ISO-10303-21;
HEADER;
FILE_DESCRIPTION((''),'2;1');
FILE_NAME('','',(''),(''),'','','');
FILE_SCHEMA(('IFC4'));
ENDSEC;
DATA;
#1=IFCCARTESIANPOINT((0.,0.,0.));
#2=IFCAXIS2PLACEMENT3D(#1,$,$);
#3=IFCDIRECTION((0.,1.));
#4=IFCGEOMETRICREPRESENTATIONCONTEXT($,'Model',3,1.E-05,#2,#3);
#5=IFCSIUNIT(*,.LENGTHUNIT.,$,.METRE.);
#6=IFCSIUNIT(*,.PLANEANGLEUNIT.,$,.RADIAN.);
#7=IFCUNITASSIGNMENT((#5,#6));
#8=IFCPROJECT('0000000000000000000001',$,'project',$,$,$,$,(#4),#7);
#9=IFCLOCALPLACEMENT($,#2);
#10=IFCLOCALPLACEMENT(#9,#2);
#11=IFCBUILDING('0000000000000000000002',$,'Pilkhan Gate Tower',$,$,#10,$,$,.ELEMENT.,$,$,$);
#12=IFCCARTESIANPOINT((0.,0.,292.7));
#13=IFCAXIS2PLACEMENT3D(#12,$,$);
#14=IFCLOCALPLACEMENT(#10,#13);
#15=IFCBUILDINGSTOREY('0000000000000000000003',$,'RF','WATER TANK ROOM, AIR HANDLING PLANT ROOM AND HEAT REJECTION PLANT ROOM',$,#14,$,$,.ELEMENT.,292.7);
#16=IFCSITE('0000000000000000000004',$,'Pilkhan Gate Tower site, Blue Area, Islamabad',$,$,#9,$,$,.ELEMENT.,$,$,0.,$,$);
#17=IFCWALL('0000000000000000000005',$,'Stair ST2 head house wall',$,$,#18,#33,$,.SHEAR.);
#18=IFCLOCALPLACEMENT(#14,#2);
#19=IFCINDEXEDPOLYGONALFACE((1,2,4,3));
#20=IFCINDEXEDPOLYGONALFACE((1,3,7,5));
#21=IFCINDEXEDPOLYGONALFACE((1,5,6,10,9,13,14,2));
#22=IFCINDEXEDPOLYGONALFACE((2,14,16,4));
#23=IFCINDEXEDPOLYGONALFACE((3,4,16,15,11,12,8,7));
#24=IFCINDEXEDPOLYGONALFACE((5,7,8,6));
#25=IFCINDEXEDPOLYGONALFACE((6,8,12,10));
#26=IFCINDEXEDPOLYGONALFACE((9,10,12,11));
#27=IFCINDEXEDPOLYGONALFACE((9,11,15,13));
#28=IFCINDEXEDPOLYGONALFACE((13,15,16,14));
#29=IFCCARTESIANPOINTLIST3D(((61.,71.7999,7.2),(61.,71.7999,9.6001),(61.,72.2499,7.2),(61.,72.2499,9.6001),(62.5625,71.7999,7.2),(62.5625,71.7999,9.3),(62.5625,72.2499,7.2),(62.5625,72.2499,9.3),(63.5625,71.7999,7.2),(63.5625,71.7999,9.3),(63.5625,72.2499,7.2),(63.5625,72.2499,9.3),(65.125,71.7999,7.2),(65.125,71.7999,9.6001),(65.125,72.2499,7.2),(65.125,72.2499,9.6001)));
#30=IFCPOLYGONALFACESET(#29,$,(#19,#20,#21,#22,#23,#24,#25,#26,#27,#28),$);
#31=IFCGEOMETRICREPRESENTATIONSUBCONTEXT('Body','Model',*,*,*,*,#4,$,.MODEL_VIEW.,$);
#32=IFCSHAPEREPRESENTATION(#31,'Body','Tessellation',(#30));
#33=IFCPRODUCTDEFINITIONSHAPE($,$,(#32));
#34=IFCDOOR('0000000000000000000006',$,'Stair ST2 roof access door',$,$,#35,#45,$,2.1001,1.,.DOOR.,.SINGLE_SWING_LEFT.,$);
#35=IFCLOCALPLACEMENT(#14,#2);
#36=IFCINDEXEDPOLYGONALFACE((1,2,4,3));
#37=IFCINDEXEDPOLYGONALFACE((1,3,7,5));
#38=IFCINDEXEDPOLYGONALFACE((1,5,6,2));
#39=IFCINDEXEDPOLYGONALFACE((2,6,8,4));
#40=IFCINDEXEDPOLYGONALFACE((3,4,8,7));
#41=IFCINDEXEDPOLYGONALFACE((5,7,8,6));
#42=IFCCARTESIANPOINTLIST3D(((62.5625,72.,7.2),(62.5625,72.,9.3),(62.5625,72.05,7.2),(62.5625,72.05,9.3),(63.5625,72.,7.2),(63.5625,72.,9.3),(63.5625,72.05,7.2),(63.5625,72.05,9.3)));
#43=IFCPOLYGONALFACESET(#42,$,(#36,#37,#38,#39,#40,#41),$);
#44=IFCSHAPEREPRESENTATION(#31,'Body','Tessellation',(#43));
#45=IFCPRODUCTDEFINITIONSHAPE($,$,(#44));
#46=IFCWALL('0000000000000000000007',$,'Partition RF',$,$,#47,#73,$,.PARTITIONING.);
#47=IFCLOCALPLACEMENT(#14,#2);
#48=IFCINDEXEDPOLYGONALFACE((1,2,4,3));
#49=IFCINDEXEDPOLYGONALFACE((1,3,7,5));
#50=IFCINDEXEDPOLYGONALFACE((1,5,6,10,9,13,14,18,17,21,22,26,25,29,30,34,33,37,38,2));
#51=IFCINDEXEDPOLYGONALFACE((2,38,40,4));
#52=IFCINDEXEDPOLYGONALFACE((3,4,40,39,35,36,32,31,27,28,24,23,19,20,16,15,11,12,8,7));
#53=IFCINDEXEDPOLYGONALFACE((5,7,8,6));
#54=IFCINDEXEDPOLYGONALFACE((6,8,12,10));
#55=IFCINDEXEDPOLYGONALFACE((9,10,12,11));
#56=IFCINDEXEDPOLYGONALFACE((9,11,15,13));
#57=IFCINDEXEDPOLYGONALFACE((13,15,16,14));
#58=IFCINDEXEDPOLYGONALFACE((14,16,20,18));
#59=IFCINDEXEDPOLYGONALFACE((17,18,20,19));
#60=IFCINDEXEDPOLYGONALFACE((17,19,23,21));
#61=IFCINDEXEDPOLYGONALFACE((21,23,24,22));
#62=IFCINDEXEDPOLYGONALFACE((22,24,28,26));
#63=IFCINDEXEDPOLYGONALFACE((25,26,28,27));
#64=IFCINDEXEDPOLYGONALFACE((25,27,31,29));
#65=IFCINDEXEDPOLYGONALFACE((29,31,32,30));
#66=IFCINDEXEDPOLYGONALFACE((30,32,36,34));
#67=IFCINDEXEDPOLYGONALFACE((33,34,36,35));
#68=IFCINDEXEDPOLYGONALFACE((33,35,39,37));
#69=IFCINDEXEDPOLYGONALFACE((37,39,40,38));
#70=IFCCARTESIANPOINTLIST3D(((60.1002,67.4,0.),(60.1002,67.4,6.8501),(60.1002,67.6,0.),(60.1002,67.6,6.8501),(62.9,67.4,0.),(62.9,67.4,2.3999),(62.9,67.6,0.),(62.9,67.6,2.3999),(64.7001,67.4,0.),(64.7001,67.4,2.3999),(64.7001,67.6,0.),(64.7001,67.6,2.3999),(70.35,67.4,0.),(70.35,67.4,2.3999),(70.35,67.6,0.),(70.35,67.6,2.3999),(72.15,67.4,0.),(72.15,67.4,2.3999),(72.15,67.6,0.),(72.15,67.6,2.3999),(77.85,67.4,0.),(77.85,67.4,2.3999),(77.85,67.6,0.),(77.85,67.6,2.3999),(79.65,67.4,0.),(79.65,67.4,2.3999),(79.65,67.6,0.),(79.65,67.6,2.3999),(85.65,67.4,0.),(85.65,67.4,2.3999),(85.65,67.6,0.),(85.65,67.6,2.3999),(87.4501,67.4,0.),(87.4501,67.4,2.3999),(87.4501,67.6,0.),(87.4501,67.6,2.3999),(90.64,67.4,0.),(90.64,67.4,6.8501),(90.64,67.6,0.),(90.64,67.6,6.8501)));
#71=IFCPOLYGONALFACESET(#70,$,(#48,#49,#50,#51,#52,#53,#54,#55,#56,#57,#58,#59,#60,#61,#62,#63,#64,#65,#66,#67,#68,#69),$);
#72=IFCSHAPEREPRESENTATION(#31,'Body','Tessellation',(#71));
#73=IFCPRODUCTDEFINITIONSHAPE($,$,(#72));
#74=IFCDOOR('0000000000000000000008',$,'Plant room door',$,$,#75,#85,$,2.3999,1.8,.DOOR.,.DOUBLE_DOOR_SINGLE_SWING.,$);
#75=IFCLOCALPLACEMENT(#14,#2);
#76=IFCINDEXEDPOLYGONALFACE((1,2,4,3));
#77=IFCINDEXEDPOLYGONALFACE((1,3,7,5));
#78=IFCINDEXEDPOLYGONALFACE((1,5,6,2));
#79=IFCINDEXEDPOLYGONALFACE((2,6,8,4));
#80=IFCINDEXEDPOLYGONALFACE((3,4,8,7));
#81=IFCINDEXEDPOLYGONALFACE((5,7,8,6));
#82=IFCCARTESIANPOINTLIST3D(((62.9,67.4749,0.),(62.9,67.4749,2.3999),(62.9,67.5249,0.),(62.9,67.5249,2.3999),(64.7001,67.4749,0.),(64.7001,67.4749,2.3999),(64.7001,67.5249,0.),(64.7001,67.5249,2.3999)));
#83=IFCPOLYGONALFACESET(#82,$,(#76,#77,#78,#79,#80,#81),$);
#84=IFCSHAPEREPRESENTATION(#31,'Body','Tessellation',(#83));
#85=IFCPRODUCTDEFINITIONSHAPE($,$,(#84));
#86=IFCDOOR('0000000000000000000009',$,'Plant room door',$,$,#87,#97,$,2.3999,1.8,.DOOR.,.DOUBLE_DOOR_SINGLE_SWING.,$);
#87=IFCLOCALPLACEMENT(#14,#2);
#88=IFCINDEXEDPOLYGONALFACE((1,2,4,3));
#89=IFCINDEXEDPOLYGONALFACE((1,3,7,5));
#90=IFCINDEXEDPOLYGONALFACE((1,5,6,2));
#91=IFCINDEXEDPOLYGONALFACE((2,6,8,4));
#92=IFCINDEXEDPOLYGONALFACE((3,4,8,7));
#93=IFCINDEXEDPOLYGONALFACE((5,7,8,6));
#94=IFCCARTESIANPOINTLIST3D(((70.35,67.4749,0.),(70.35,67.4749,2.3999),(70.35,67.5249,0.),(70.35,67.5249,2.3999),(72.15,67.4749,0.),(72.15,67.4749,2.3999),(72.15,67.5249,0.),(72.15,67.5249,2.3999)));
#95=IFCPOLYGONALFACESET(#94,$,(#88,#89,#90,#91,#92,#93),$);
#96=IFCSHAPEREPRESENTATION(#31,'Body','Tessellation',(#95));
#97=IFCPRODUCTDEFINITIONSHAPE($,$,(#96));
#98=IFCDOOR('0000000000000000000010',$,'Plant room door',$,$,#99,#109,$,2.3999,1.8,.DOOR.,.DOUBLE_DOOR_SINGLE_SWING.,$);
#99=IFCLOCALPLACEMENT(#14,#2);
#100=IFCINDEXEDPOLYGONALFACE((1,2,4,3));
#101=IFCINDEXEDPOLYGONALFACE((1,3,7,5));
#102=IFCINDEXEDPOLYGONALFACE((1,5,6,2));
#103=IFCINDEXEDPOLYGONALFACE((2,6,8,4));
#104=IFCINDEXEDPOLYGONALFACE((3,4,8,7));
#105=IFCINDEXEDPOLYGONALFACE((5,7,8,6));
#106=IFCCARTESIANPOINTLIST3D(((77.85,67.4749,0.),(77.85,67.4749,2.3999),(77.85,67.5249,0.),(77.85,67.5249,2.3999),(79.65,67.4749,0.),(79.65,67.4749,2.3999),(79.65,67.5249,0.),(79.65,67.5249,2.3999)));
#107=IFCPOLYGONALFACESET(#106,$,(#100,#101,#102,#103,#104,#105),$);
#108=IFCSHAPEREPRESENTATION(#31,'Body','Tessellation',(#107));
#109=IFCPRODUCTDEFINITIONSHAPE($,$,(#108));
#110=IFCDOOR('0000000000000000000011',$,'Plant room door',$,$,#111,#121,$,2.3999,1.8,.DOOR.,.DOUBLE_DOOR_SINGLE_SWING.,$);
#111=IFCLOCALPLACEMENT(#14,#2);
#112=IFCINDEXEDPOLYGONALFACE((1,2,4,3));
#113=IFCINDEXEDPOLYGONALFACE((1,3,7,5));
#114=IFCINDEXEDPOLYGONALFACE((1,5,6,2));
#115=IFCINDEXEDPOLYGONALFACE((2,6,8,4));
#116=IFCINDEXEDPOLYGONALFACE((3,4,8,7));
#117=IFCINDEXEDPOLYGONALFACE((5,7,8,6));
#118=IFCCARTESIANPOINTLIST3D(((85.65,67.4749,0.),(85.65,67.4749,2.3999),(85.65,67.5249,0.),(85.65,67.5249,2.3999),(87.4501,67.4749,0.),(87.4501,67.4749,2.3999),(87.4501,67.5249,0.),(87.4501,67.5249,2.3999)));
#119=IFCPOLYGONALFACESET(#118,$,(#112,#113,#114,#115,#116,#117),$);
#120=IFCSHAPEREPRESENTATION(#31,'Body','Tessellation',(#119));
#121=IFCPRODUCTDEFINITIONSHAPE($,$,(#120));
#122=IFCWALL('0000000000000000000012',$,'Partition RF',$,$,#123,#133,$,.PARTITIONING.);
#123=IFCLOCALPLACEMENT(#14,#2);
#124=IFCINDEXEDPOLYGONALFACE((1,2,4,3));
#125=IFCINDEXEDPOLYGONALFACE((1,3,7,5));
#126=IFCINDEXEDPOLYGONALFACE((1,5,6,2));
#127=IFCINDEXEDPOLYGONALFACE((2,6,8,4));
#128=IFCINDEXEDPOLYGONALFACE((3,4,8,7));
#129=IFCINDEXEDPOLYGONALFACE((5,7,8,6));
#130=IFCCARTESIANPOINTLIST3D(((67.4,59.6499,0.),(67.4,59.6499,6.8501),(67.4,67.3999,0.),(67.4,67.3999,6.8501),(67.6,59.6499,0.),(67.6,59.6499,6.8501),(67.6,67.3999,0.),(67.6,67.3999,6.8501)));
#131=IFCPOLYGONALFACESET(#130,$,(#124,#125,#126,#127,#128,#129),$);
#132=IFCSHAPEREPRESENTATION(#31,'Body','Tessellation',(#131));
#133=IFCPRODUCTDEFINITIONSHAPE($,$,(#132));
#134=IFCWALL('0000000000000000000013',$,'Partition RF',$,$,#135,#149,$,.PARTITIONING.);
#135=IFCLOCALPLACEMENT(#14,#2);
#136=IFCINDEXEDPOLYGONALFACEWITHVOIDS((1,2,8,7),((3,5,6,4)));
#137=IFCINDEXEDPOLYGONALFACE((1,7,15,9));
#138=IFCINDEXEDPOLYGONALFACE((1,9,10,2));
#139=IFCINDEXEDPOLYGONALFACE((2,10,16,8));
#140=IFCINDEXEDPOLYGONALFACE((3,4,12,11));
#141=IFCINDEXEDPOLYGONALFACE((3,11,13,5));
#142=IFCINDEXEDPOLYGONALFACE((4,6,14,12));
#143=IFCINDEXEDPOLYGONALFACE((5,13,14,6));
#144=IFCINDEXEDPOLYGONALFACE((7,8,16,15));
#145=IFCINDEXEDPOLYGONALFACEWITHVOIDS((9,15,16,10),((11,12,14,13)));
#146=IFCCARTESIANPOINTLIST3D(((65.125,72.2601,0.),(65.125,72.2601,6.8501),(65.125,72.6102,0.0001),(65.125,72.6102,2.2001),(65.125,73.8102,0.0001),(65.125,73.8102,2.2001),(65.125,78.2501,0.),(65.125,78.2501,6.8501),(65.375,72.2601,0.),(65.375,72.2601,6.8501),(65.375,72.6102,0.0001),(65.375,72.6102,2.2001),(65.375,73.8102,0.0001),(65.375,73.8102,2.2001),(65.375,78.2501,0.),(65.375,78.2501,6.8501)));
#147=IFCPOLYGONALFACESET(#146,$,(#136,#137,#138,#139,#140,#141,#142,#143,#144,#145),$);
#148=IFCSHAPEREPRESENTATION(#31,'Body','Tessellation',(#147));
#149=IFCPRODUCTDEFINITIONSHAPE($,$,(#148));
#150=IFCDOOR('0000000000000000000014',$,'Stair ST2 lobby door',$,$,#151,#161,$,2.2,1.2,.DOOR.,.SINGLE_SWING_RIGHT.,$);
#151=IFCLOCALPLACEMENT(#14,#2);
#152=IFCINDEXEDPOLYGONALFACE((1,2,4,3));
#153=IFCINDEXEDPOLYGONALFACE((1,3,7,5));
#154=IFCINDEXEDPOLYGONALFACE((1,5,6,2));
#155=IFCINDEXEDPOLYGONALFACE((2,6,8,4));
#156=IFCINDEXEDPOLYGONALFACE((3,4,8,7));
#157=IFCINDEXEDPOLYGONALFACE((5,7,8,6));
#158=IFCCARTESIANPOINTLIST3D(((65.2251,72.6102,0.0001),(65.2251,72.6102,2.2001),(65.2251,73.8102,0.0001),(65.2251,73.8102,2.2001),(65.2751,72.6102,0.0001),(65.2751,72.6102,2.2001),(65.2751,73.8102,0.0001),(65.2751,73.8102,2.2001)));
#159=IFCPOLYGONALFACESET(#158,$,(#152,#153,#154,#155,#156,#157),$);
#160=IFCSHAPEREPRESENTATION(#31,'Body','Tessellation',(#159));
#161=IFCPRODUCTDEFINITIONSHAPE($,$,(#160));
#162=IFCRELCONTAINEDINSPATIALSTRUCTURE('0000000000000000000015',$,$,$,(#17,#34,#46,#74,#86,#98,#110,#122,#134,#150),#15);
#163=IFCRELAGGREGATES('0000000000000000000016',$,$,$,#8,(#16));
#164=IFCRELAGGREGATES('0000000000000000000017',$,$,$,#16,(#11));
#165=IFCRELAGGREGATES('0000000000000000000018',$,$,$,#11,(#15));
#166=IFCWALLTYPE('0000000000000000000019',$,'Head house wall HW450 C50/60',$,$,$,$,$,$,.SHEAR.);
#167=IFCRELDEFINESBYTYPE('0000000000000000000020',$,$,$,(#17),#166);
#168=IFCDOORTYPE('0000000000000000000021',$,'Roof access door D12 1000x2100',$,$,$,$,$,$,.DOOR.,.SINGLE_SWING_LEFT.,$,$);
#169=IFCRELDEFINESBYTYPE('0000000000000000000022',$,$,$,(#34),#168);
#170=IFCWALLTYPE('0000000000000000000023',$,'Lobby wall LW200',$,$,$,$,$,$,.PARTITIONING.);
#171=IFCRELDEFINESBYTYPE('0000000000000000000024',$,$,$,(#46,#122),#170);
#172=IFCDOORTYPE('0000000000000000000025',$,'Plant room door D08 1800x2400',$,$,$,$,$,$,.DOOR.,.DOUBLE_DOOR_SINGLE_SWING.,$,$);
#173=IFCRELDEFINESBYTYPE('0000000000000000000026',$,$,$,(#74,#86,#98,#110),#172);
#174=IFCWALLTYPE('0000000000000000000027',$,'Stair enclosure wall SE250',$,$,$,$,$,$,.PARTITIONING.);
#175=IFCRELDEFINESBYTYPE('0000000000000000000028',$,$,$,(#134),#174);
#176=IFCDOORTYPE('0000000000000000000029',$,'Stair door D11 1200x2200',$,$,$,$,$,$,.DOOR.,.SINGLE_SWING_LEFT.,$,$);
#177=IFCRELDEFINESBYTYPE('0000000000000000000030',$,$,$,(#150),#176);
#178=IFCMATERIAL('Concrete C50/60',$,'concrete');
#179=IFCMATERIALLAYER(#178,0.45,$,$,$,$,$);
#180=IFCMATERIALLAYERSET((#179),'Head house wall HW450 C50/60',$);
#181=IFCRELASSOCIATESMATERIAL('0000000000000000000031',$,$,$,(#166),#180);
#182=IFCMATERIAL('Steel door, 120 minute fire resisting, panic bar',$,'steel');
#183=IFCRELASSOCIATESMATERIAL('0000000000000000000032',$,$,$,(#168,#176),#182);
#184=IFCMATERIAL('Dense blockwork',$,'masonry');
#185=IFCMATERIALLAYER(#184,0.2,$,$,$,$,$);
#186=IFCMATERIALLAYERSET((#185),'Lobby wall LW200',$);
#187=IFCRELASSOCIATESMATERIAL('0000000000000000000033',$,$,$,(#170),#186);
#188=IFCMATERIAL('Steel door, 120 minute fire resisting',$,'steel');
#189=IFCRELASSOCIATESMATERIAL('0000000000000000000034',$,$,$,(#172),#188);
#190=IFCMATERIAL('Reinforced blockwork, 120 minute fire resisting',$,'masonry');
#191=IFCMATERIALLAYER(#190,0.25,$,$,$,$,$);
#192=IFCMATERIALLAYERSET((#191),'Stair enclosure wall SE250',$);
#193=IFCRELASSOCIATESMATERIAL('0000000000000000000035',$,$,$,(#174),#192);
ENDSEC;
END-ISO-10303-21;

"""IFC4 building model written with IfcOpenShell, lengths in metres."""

from ifc_helpers import new_model, si_unit, direction, frame, frame_2d, origin, place, context, subcontext, project, spatial, rectangle, extrude, material, layer, layer_set, type_object, element, fill, save


model = new_model("IFC4")

# Units and contexts
model_context = context("Model", 3, precision=1e-05, world=origin(), true_north=direction((0.0, 1.0)))
body_context = subcontext(model_context, "Body", "Model", "MODEL_VIEW")
ifc_project = project(units=[si_unit("LENGTHUNIT", "METRE"), si_unit("PLANEANGLEUNIT", "RADIAN")], contexts=[model_context])

# Site, building, storey
site_placement = place(None, origin())
site = spatial("IfcSite", under=ifc_project, at=site_placement, Name="Pilkhan Gate Tower site, Blue Area, Islamabad", CompositionType="ELEMENT", RefElevation=0.0)
building_placement = place(site_placement, origin())
building = spatial("IfcBuilding", under=site, at=building_placement, Name="Pilkhan Gate Tower", CompositionType="ELEMENT")
storey_placement = place(building_placement, frame((0.0, 0.0, 292.7)))
storey = spatial("IfcBuildingStorey", under=building, at=storey_placement, Name="RF", Description="WATER TANK ROOM, AIR HANDLING PLANT ROOM AND HEAT REJECTION PLANT ROOM", CompositionType="ELEMENT", Elevation=292.7)

# Shared definitions
ifc_material_1 = material(Name="Concrete C50/60", Category="concrete")

# Shared definitions
ifc_material_2 = material(Name="Dense blockwork", Category="masonry")
ifc_material_3 = material(Name="Reinforced blockwork, 120 minute fire resisting", Category="masonry")
ifc_layer_1 = layer(ifc_material_1, 0.45)
ifc_layer_set_1 = layer_set([ifc_layer_1], Name="Head house wall HW450 C50/60")
wall_type_1 = type_object("IfcWallType", Name="Head house wall HW450 C50/60", PredefinedType="SHEAR", material=ifc_layer_set_1)

# Wall, opening, door
wall_1_placement = place(storey_placement, frame((65.125, 72.0249, 7.2), z_axis=(0.0, 0.0, 1.0), x_axis=(-1.0, 0.0, 0.0)))
wall_1 = element("IfcWall", 1, at=wall_1_placement, inside=storey, type_object=wall_type_1, Name="Stair ST2 head house wall", PredefinedType="SHEAR", context=body_context, shape_type="SweptSolid", body=[
    extrude(rectangle(XDim=4.125, YDim=0.45, at=frame_2d((2.0625, 0.0))), origin(), (0.0, 0.0, 1.0), 2.4001),
])
opening_1_placement = place(wall_1_placement, frame((1.5625, 0.0, 0.0)))
opening_1 = element("IfcOpeningElement", 2, at=opening_1_placement, cuts=wall_1, PredefinedType="OPENING", context=body_context, shape_type="SweptSolid", body=[
    extrude(rectangle(XDim=1.0, YDim=2.1001, at=frame_2d((0.5, 1.05))), frame((0.0, 0.2349, 0.0), z_axis=(0.0, -1.0, 0.0), x_axis=(1.0, 0.0, 0.0)), (0.0, 0.0, 1.0), 0.47),
])
ifc_material_4 = material(Name="Steel door, 120 minute fire resisting, panic bar", Category="steel")
door_type_1 = type_object("IfcDoorType", Name="Roof access door D12 1000x2100", OperationType="SINGLE_SWING_LEFT", PredefinedType="DOOR", material=ifc_material_4)
door_1_placement = place(opening_1_placement, origin())
door_1 = element("IfcDoor", 3, at=door_1_placement, inside=storey, type_object=door_type_1, Name="Stair ST2 roof access door", OperationType="SINGLE_SWING_LEFT", OverallHeight=2.1001, OverallWidth=1.0, PredefinedType="DOOR", context=body_context, shape_type="SweptSolid", body=[
    extrude(rectangle(XDim=1.0, YDim=2.1001, at=frame_2d((0.5, 1.05))), frame((0.0, 0.0249, 0.0), z_axis=(0.0, -1.0, 0.0), x_axis=(1.0, 0.0, 0.0)), (0.0, 0.0, 1.0), 0.05),
])
fill(opening_1, door_1)

# Wall, openings, doors
ifc_layer_2 = layer(ifc_material_2, 0.2)
ifc_layer_set_2 = layer_set([ifc_layer_2], Name="Lobby wall LW200")
wall_type_2 = type_object("IfcWallType", Name="Lobby wall LW200", PredefinedType="PARTITIONING", material=ifc_layer_set_2)
wall_2_placement = place(storey_placement, frame((60.1001, 67.5, 0.0), z_axis=(0.0, 0.0, 1.0), x_axis=(1.0, 0.0, 0.0)))
wall_2 = element("IfcWall", 4, at=wall_2_placement, inside=storey, type_object=wall_type_2, Name="Partition RF", PredefinedType="PARTITIONING", context=body_context, shape_type="SweptSolid", body=[
    extrude(rectangle(XDim=30.5398, YDim=0.2, at=frame_2d((15.27, 0.0))), origin(), (0.0, 0.0, 1.0), 6.8501),
])
opening_2_placement = place(wall_2_placement, frame((2.8, 0.0, 0.0)))
opening_2 = element("IfcOpeningElement", 5, at=opening_2_placement, cuts=wall_2, PredefinedType="OPENING", context=body_context, shape_type="SweptSolid", body=[
    extrude(rectangle(XDim=1.8, YDim=2.3999, at=frame_2d((0.8999, 1.2))), frame((0.0, 0.1099, 0.0), z_axis=(0.0, -1.0, 0.0), x_axis=(1.0, 0.0, 0.0)), (0.0, 0.0, 1.0), 0.22),
])
opening_3_placement = place(wall_2_placement, frame((10.25, 0.0, 0.0)))
opening_3 = element("IfcOpeningElement", 6, at=opening_3_placement, cuts=wall_2, PredefinedType="OPENING", context=body_context, shape_type="SweptSolid", body=[
    extrude(rectangle(XDim=1.8, YDim=2.3999, at=frame_2d((0.8999, 1.2))), frame((0.0, 0.1099, 0.0), z_axis=(0.0, -1.0, 0.0), x_axis=(1.0, 0.0, 0.0)), (0.0, 0.0, 1.0), 0.22),
])
opening_4_placement = place(wall_2_placement, frame((17.75, 0.0, 0.0)))
opening_4 = element("IfcOpeningElement", 7, at=opening_4_placement, cuts=wall_2, PredefinedType="OPENING", context=body_context, shape_type="SweptSolid", body=[
    extrude(rectangle(XDim=1.8, YDim=2.3999, at=frame_2d((0.8999, 1.2))), frame((0.0, 0.1099, 0.0), z_axis=(0.0, -1.0, 0.0), x_axis=(1.0, 0.0, 0.0)), (0.0, 0.0, 1.0), 0.22),
])
opening_5_placement = place(wall_2_placement, frame((25.55, 0.0, 0.0)))
opening_5 = element("IfcOpeningElement", 8, at=opening_5_placement, cuts=wall_2, PredefinedType="OPENING", context=body_context, shape_type="SweptSolid", body=[
    extrude(rectangle(XDim=1.8, YDim=2.3999, at=frame_2d((0.8999, 1.2))), frame((0.0, 0.1099, 0.0), z_axis=(0.0, -1.0, 0.0), x_axis=(1.0, 0.0, 0.0)), (0.0, 0.0, 1.0), 0.22),
])
ifc_material_5 = material(Name="Steel door, 120 minute fire resisting", Category="steel")
door_type_2 = type_object("IfcDoorType", Name="Plant room door D08 1800x2400", OperationType="DOUBLE_DOOR_SINGLE_SWING", PredefinedType="DOOR", material=ifc_material_5)
door_2_placement = place(opening_2_placement, origin())
door_2 = element("IfcDoor", 9, at=door_2_placement, inside=storey, type_object=door_type_2, Name="Plant room door", OperationType="DOUBLE_DOOR_SINGLE_SWING", OverallHeight=2.3999, OverallWidth=1.8, PredefinedType="DOOR", context=body_context, shape_type="SweptSolid", body=[
    extrude(rectangle(XDim=1.8, YDim=2.3999, at=frame_2d((0.8999, 1.2))), frame((0.0, 0.0249, 0.0), z_axis=(0.0, -1.0, 0.0), x_axis=(1.0, 0.0, 0.0)), (0.0, 0.0, 1.0), 0.05),
])
fill(opening_2, door_2)
door_3_placement = place(opening_3_placement, origin())
door_3 = element("IfcDoor", 10, at=door_3_placement, inside=storey, type_object=door_type_2, Name="Plant room door", OperationType="DOUBLE_DOOR_SINGLE_SWING", OverallHeight=2.3999, OverallWidth=1.8, PredefinedType="DOOR", context=body_context, shape_type="SweptSolid", body=[
    extrude(rectangle(XDim=1.8, YDim=2.3999, at=frame_2d((0.8999, 1.2))), frame((0.0, 0.0249, 0.0), z_axis=(0.0, -1.0, 0.0), x_axis=(1.0, 0.0, 0.0)), (0.0, 0.0, 1.0), 0.05),
])
fill(opening_3, door_3)
door_4_placement = place(opening_4_placement, origin())
door_4 = element("IfcDoor", 11, at=door_4_placement, inside=storey, type_object=door_type_2, Name="Plant room door", OperationType="DOUBLE_DOOR_SINGLE_SWING", OverallHeight=2.3999, OverallWidth=1.8, PredefinedType="DOOR", context=body_context, shape_type="SweptSolid", body=[
    extrude(rectangle(XDim=1.8, YDim=2.3999, at=frame_2d((0.8999, 1.2))), frame((0.0, 0.0249, 0.0), z_axis=(0.0, -1.0, 0.0), x_axis=(1.0, 0.0, 0.0)), (0.0, 0.0, 1.0), 0.05),
])
fill(opening_4, door_4)
door_5_placement = place(opening_5_placement, origin())
door_5 = element("IfcDoor", 12, at=door_5_placement, inside=storey, type_object=door_type_2, Name="Plant room door", OperationType="DOUBLE_DOOR_SINGLE_SWING", OverallHeight=2.3999, OverallWidth=1.8, PredefinedType="DOOR", context=body_context, shape_type="SweptSolid", body=[
    extrude(rectangle(XDim=1.8, YDim=2.3999, at=frame_2d((0.8999, 1.2))), frame((0.0, 0.0249, 0.0), z_axis=(0.0, -1.0, 0.0), x_axis=(1.0, 0.0, 0.0)), (0.0, 0.0, 1.0), 0.05),
])
fill(opening_5, door_5)

# Wall
wall_3_placement = place(storey_placement, frame((67.5, 59.6499, 0.0), z_axis=(0.0, 0.0, 1.0), x_axis=(0.0, 1.0, 0.0)))
element("IfcWall", 13, at=wall_3_placement, inside=storey, type_object=wall_type_2, Name="Partition RF", PredefinedType="PARTITIONING", context=body_context, shape_type="SweptSolid", body=[
    extrude(rectangle(XDim=7.75, YDim=0.2, at=frame_2d((3.875, 0.0))), origin(), (0.0, 0.0, 1.0), 6.8501),
])

# Wall, opening, door
ifc_layer_3 = layer(ifc_material_3, 0.25)
ifc_layer_set_3 = layer_set([ifc_layer_3], Name="Stair enclosure wall SE250")
wall_type_3 = type_object("IfcWallType", Name="Stair enclosure wall SE250", PredefinedType="PARTITIONING", material=ifc_layer_set_3)
wall_4_placement = place(storey_placement, frame((65.25, 72.26, 0.0), z_axis=(0.0, 0.0, 1.0), x_axis=(0.0, 1.0, 0.0)))
wall_4 = element("IfcWall", 14, at=wall_4_placement, inside=storey, type_object=wall_type_3, Name="Partition RF", PredefinedType="PARTITIONING", context=body_context, shape_type="SweptSolid", body=[
    extrude(rectangle(XDim=5.99, YDim=0.25, at=frame_2d((2.9951, 0.0))), origin(), (0.0, 0.0, 1.0), 6.8501),
])
opening_6_placement = place(wall_4_placement, frame((0.3501, 0.0, 0.0)))
opening_6 = element("IfcOpeningElement", 15, at=opening_6_placement, cuts=wall_4, PredefinedType="OPENING", context=body_context, shape_type="SweptSolid", body=[
    extrude(rectangle(XDim=1.2, YDim=2.2, at=frame_2d((0.6001, 1.1001))), frame((0.0, 0.135, 0.0), z_axis=(0.0, -1.0, 0.0), x_axis=(1.0, 0.0, 0.0)), (0.0, 0.0, 1.0), 0.27),
])
door_type_3 = type_object("IfcDoorType", Name="Stair door D11 1200x2200", OperationType="SINGLE_SWING_LEFT", PredefinedType="DOOR", material=ifc_material_4)
door_6_placement = place(opening_6_placement, origin())
door_6 = element("IfcDoor", 16, at=door_6_placement, inside=storey, type_object=door_type_3, Name="Stair ST2 lobby door", OperationType="SINGLE_SWING_RIGHT", OverallHeight=2.2, OverallWidth=1.2, PredefinedType="DOOR", context=body_context, shape_type="SweptSolid", body=[
    extrude(rectangle(XDim=1.2, YDim=2.2, at=frame_2d((0.6001, 1.1001))), frame((0.0, 0.0249, 0.0), z_axis=(0.0, -1.0, 0.0), x_axis=(1.0, 0.0, 0.0)), (0.0, 0.0, 1.0), 0.05),
])
fill(opening_6, door_6)

save(model, "model.ifc")
